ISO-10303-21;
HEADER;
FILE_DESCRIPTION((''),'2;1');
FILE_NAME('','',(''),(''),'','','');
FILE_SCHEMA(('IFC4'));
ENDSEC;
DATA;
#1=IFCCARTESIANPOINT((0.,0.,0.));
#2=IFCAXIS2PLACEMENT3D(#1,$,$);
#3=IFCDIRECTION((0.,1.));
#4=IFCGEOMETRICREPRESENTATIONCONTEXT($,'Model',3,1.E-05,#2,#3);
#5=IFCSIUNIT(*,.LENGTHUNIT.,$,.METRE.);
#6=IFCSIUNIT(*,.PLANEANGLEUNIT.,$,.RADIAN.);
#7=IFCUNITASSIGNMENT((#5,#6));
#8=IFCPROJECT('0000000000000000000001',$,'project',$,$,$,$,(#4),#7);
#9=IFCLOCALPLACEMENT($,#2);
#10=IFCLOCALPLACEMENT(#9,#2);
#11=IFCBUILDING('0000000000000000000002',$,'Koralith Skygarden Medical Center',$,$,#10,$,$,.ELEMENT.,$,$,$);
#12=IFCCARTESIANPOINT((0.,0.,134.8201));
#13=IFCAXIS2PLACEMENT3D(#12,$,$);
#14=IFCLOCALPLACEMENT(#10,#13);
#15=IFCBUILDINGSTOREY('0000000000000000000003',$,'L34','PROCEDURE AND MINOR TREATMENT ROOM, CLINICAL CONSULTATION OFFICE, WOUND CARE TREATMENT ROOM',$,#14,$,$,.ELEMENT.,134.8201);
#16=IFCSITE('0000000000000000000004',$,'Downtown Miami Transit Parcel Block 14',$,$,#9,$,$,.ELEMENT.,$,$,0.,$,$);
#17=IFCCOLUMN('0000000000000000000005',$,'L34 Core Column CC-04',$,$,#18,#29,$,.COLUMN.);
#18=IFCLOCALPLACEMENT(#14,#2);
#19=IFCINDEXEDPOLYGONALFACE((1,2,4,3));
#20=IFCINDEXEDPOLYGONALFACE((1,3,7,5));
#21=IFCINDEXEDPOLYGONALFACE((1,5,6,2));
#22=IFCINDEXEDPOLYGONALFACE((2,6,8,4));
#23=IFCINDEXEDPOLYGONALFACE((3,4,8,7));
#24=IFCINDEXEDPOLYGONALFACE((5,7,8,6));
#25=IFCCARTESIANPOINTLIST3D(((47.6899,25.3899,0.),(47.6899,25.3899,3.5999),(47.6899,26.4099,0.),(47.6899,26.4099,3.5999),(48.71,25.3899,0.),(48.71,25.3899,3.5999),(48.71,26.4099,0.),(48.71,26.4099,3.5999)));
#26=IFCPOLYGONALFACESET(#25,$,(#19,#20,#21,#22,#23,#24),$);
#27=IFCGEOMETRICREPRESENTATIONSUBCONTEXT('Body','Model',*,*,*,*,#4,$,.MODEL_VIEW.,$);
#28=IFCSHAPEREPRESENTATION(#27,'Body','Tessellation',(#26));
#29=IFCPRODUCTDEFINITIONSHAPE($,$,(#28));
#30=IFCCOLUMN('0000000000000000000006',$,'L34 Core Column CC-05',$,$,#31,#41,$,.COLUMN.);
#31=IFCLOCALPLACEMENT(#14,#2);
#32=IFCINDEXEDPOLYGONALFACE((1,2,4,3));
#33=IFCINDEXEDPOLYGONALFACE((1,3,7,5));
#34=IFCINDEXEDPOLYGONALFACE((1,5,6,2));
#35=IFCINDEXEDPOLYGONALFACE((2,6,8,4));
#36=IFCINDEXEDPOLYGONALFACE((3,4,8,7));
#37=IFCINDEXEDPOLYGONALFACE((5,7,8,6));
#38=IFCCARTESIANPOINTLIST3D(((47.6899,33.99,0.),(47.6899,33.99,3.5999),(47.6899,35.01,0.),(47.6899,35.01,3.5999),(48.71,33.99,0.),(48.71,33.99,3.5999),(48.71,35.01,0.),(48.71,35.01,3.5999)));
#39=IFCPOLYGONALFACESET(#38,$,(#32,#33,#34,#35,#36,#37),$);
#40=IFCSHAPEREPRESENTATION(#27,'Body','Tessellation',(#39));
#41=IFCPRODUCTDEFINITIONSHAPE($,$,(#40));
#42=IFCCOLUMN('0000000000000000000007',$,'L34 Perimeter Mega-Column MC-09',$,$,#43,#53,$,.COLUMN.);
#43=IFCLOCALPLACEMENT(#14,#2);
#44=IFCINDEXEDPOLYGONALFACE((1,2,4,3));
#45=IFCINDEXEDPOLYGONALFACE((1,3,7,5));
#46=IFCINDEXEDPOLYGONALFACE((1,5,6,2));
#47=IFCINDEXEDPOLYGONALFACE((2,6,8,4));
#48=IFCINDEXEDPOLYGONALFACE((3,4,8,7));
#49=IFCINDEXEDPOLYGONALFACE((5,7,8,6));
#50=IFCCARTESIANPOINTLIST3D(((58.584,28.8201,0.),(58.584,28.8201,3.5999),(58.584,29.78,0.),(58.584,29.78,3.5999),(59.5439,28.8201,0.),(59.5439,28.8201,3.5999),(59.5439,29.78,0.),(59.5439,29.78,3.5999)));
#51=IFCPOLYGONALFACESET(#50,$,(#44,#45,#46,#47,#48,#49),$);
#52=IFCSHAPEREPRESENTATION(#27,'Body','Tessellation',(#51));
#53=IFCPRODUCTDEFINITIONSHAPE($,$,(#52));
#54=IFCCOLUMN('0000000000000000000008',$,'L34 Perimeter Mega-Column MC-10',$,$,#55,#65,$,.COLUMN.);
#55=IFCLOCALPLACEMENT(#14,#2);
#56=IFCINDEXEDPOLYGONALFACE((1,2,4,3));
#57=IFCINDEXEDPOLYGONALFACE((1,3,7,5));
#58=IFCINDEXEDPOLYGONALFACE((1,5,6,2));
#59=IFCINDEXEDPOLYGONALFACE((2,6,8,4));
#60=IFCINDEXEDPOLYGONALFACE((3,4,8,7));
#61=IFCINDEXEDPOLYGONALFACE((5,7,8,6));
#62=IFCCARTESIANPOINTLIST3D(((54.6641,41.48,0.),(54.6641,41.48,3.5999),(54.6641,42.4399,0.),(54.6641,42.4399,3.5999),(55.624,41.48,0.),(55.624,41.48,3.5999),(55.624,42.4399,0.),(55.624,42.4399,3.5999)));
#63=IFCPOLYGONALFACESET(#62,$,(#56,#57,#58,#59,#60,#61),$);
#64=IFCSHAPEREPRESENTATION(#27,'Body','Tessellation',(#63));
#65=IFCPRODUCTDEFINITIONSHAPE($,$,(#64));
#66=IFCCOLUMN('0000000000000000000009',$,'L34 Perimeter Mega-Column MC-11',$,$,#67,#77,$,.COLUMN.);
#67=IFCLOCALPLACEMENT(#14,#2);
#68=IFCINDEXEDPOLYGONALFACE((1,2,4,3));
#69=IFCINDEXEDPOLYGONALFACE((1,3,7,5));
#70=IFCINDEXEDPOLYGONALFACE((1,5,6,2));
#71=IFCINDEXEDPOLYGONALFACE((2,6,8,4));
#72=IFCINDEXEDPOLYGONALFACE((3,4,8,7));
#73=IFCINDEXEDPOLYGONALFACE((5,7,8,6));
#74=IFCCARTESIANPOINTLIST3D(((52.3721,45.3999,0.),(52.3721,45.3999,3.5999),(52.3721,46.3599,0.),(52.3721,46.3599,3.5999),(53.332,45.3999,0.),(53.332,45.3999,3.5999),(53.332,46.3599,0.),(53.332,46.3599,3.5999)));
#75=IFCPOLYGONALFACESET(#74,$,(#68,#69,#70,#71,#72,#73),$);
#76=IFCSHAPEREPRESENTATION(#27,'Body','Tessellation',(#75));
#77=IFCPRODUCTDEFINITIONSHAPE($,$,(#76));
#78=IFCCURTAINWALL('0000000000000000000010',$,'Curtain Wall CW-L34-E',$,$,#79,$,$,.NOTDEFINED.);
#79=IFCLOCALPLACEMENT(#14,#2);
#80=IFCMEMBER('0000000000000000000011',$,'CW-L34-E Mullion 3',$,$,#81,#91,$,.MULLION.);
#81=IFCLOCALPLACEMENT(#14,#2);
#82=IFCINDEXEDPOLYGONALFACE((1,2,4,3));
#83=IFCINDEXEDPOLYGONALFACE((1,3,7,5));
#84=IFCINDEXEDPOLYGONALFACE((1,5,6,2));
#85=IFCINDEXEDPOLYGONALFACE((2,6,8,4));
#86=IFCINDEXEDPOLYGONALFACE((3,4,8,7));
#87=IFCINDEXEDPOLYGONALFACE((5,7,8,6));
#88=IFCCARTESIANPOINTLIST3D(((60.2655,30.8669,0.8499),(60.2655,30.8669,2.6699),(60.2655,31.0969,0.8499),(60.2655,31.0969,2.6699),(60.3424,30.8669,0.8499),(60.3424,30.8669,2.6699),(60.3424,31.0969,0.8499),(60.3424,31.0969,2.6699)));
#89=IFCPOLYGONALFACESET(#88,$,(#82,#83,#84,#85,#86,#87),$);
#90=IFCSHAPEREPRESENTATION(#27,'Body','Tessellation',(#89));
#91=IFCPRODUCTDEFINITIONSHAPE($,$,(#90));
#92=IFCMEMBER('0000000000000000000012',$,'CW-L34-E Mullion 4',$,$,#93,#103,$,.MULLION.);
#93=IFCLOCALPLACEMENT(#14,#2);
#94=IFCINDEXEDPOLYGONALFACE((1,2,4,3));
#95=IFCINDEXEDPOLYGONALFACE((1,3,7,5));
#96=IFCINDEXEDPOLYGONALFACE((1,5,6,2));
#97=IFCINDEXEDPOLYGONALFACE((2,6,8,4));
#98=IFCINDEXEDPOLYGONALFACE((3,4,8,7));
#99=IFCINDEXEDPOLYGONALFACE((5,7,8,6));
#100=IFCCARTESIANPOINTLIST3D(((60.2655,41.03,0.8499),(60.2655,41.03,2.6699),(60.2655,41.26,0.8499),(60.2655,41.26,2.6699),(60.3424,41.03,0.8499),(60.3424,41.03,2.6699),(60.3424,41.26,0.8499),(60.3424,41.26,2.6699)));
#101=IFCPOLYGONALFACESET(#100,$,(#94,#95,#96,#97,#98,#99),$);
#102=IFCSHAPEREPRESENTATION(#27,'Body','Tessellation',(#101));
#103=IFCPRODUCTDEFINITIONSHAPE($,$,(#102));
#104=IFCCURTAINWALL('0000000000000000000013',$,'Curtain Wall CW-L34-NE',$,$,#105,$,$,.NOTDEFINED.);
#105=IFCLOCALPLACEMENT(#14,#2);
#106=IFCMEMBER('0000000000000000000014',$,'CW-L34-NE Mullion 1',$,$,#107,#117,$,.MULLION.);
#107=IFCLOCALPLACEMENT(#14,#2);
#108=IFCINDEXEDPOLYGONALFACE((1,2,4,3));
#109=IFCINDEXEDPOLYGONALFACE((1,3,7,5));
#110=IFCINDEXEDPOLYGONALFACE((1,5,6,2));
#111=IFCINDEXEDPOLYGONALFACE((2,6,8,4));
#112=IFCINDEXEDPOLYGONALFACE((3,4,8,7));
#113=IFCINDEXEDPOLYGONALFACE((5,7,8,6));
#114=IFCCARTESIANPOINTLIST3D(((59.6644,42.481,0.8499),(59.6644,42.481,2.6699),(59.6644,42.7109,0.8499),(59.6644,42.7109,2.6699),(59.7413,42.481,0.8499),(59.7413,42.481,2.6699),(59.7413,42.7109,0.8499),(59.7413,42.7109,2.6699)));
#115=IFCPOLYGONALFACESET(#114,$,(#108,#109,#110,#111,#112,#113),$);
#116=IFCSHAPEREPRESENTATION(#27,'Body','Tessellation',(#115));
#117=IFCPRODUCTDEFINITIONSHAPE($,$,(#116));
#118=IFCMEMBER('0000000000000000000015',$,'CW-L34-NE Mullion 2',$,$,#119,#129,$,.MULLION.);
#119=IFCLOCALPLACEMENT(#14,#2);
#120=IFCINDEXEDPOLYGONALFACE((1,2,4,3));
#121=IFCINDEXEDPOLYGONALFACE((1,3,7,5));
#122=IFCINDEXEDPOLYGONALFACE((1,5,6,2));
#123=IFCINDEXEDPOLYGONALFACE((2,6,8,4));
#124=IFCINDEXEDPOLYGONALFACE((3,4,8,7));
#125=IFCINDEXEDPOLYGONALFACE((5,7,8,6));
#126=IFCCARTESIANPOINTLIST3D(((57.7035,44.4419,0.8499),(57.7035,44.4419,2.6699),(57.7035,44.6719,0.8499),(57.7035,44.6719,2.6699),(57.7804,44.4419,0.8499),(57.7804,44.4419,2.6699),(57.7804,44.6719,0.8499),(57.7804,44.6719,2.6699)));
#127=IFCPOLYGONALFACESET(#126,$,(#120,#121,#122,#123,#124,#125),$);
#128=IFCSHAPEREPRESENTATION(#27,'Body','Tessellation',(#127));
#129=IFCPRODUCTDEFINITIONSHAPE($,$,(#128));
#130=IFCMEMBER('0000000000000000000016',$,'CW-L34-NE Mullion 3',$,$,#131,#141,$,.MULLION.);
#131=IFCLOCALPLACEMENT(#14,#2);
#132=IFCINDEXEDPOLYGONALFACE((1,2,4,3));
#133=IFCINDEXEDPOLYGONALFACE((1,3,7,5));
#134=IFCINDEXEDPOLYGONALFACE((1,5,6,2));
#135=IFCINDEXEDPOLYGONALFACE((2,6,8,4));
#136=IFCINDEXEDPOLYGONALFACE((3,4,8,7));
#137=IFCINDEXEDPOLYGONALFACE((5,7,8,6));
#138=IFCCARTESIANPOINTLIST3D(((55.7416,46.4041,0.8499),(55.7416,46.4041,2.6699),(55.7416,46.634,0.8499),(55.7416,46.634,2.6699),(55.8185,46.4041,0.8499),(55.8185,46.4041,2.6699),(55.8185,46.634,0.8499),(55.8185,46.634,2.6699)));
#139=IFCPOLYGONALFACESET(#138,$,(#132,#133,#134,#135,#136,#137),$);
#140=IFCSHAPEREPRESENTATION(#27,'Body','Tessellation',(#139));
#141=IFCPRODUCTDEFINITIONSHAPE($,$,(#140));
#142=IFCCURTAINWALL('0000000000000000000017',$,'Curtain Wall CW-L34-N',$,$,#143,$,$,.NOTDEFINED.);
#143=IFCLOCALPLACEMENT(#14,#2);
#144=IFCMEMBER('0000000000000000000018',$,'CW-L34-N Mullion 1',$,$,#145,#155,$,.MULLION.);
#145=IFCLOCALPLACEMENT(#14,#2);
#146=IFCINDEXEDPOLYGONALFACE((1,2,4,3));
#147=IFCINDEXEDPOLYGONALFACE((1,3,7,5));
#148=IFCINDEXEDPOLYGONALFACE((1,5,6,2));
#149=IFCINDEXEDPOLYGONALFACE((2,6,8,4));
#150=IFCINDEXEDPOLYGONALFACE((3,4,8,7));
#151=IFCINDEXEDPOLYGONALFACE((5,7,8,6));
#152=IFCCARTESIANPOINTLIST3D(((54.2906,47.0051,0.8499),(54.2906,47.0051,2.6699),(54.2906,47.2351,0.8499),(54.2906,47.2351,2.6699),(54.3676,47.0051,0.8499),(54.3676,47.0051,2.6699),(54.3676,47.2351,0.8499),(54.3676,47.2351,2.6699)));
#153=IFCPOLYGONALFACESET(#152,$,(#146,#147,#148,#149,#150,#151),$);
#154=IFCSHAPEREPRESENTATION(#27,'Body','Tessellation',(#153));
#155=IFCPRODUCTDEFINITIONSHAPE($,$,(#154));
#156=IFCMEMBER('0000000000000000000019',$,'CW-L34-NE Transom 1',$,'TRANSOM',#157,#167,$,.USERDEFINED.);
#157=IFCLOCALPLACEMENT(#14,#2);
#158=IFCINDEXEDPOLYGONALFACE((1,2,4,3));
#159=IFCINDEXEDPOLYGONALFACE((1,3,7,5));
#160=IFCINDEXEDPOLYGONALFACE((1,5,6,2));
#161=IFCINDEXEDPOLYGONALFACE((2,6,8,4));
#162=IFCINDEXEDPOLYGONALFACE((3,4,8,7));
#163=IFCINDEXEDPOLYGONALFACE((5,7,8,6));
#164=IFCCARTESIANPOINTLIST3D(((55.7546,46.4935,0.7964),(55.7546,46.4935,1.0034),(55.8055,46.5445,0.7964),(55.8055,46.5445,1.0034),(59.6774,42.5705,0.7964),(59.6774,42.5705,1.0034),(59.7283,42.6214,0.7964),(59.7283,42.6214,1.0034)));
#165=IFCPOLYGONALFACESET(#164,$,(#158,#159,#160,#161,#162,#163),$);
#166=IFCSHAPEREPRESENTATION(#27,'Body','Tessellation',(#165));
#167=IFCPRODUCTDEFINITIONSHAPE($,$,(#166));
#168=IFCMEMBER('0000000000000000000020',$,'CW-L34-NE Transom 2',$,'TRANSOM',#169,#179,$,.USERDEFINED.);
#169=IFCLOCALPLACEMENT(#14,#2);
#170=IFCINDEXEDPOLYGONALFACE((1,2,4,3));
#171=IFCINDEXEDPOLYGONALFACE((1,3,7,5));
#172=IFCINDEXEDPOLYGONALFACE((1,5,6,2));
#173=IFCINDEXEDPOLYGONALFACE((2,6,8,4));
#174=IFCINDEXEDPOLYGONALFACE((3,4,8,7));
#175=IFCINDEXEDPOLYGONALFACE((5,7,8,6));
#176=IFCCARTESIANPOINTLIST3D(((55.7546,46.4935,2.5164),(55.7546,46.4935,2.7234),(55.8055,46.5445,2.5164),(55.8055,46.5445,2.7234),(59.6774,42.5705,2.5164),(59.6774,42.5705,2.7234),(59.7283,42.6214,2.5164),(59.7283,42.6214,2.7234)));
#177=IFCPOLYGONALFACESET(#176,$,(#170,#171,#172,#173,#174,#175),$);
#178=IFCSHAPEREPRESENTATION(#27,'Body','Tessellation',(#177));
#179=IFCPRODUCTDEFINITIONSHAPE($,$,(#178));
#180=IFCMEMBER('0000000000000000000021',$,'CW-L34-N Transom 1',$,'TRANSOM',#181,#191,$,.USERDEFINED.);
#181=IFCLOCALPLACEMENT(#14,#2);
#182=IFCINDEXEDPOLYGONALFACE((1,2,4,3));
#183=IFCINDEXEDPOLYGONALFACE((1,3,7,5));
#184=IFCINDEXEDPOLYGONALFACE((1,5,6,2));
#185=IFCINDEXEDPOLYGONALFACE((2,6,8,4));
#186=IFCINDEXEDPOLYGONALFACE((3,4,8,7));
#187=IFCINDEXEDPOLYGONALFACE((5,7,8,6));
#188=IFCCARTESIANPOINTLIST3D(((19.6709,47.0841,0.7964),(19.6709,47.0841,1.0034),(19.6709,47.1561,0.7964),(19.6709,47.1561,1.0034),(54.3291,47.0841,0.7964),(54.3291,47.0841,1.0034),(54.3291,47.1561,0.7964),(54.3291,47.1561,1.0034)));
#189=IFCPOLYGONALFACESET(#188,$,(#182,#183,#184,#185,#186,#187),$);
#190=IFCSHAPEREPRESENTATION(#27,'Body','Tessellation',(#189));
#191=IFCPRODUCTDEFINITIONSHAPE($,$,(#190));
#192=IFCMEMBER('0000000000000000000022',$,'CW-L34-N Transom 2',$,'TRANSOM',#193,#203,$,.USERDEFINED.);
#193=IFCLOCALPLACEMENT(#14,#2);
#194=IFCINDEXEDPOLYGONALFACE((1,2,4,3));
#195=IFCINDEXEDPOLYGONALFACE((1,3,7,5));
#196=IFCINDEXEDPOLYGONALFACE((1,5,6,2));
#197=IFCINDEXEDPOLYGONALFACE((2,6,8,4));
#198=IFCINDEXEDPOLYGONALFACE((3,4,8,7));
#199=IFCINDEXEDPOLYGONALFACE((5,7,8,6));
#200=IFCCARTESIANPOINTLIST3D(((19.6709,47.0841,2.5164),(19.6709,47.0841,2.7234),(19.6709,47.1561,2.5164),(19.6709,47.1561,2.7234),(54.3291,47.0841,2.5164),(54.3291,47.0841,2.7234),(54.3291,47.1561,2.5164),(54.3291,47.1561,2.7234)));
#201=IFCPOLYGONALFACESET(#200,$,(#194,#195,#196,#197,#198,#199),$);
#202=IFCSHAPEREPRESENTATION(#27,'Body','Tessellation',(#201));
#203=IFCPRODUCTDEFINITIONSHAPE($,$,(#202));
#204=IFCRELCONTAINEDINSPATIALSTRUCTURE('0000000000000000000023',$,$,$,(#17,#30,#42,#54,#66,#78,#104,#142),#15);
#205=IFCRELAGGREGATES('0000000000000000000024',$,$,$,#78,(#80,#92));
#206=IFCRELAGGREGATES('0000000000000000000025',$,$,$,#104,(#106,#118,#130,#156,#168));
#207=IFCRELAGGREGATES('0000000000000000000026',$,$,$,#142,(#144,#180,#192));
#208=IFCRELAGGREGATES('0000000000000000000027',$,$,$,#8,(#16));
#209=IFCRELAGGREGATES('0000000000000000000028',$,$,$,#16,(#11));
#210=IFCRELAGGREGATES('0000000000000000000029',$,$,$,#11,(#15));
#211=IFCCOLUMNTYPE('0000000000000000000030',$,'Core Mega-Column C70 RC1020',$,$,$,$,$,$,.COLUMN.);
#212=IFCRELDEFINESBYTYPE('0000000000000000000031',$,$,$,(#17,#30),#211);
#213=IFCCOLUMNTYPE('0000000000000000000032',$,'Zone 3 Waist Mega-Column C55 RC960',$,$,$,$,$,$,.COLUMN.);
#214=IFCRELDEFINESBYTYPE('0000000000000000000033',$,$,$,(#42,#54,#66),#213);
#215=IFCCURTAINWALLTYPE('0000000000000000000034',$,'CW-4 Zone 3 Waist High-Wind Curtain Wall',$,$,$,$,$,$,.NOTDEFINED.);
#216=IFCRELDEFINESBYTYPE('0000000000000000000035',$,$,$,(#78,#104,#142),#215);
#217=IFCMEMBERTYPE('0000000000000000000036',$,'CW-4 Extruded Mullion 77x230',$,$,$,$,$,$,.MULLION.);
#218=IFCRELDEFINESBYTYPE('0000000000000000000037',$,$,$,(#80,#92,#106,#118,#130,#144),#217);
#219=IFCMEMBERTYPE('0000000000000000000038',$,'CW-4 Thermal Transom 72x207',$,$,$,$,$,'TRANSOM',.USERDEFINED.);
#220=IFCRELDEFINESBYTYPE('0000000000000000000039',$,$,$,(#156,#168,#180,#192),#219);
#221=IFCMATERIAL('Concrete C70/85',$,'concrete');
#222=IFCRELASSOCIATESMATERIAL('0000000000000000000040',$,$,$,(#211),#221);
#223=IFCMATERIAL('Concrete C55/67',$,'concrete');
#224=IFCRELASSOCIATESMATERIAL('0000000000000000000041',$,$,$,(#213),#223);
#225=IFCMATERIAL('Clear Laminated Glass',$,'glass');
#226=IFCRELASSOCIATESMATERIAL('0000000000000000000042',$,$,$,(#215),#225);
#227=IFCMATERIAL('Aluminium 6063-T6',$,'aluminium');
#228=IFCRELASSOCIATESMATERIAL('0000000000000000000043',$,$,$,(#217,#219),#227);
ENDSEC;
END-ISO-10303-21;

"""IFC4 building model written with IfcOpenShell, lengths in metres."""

from ifc_helpers import new_model, si_unit, direction, frame, origin, origin_2d, place, context, subcontext, project, spatial, rectangle, extrude, material, material_profile, profile_set, type_object, element, aggregate, save


model = new_model("IFC4")

# Units and contexts
model_context = context("Model", 3, precision=1e-05, world=origin(), true_north=direction((0.0, 1.0)))
body_context = subcontext(model_context, "Body", "Model", "MODEL_VIEW")
ifc_project = project(units=[si_unit("LENGTHUNIT", "METRE"), si_unit("PLANEANGLEUNIT", "RADIAN")], contexts=[model_context])

# Site, building, storey
site_placement = place(None, origin())
site = spatial("IfcSite", under=ifc_project, at=site_placement, Name="Downtown Miami Transit Parcel Block 14", CompositionType="ELEMENT", RefElevation=0.0)
building_placement = place(site_placement, origin())
building = spatial("IfcBuilding", under=site, at=building_placement, Name="Koralith Skygarden Medical Center", CompositionType="ELEMENT")
storey_placement = place(building_placement, frame((0.0, 0.0, 134.8201)))
storey = spatial("IfcBuildingStorey", under=building, at=storey_placement, Name="L34", Description="PROCEDURE AND MINOR TREATMENT ROOM, CLINICAL CONSULTATION OFFICE, WOUND CARE TREATMENT ROOM", CompositionType="ELEMENT", Elevation=134.8201)

# Columns
ifc_material_1 = material(Name="Concrete C70/85", Category="concrete")
ifc_material_profile_1 = material_profile(ifc_material_1, rectangle(XDim=1.02, YDim=1.02, at=origin_2d()), Name="RC1020X1020")
ifc_profile_set_1 = profile_set([ifc_material_profile_1], Name="Concrete C70/85")
column_type_1 = type_object("IfcColumnType", Name="Core Mega-Column C70 RC1020", PredefinedType="COLUMN", material=ifc_profile_set_1)
for number, where, z_axis, x_axis, name in (
    (1, (48.2, 25.8999, 0.0), (0.0, 0.0, 1.0), (1.0, 0.0, 0.0), "L34 Core Column CC-04"),
    (2, (48.2, 34.5, 0.0), (0.0, 0.0, 1.0), (1.0, 0.0, 0.0), "L34 Core Column CC-05"),
):
    element("IfcColumn", number, at=place(storey_placement, frame(where, z_axis=z_axis, x_axis=x_axis)), inside=storey, type_object=column_type_1, Name=name, PredefinedType="COLUMN", context=body_context, shape_type="SweptSolid", body=[
        extrude(rectangle(XDim=1.02, YDim=1.02, at=origin_2d()), origin(), (0.0, 0.0, 1.0), 3.5999),
    ])
ifc_material_2 = material(Name="Concrete C55/67", Category="concrete")
ifc_material_profile_2 = material_profile(ifc_material_2, rectangle(XDim=0.96, YDim=0.96, at=origin_2d()), Name="RC960X960")
ifc_profile_set_2 = profile_set([ifc_material_profile_2], Name="Concrete C55/67")
column_type_2 = type_object("IfcColumnType", Name="Zone 3 Waist Mega-Column C55 RC960", PredefinedType="COLUMN", material=ifc_profile_set_2)
for number, where, z_axis, x_axis, name in (
    (3, (59.064, 29.3, 0.0), (0.0, 0.0, 1.0), (1.0, 0.0, 0.0), "L34 Perimeter Mega-Column MC-09"),
    (4, (55.144, 41.96, 0.0), (0.0, 0.0, 1.0), (1.0, 0.0, 0.0), "L34 Perimeter Mega-Column MC-10"),
    (5, (52.8521, 45.8799, 0.0), (0.0, 0.0, 1.0), (1.0, 0.0, 0.0), "L34 Perimeter Mega-Column MC-11"),
):
    element("IfcColumn", number, at=place(storey_placement, frame(where, z_axis=z_axis, x_axis=x_axis)), inside=storey, type_object=column_type_2, Name=name, PredefinedType="COLUMN", context=body_context, shape_type="SweptSolid", body=[
        extrude(rectangle(XDim=0.96, YDim=0.96, at=origin_2d()), origin(), (0.0, 0.0, 1.0), 3.5999),
    ])

# Curtain walls, members
ifc_material_3 = material(Name="Clear Laminated Glass", Category="glass")
curtain_wall_type = type_object("IfcCurtainWallType", Name="CW-4 Zone 3 Waist High-Wind Curtain Wall", PredefinedType="NOTDEFINED", material=ifc_material_3)
curtain_wall_1_placement = place(storey_placement, origin())
curtain_wall_1 = element("IfcCurtainWall", 6, at=curtain_wall_1_placement, inside=storey, type_object=curtain_wall_type, Name="Curtain Wall CW-L34-E", PredefinedType="NOTDEFINED")
ifc_material_4 = material(Name="Aluminium 6063-T6", Category="aluminium")
ifc_material_profile_3 = material_profile(ifc_material_4, rectangle(XDim=0.0769, YDim=0.23, at=origin_2d()), Name="MUL77X230")
ifc_profile_set_3 = profile_set([ifc_material_profile_3], Name="Aluminium 6063-T6")
member_type_1 = type_object("IfcMemberType", Name="CW-4 Extruded Mullion 77x230", PredefinedType="MULLION", material=ifc_profile_set_3)
member_1_placement = place(storey_placement, frame((60.304, 30.9819, 0.8499), z_axis=(0.0, 0.0, 1.0), x_axis=(1.0, 0.0, 0.0)))
member_1 = element("IfcMember", 7, at=member_1_placement, type_object=member_type_1, Name="CW-L34-E Mullion 3", PredefinedType="MULLION", context=body_context, shape_type="SweptSolid", body=[
    extrude(rectangle(XDim=0.0769, YDim=0.23, at=origin_2d()), origin(), (0.0, 0.0, 1.0), 1.8201),
])
member_2_placement = place(storey_placement, frame((60.304, 41.145, 0.8499), z_axis=(0.0, 0.0, 1.0), x_axis=(1.0, 0.0, 0.0)))
member_2 = element("IfcMember", 8, at=member_2_placement, type_object=member_type_1, Name="CW-L34-E Mullion 4", PredefinedType="MULLION", context=body_context, shape_type="SweptSolid", body=[
    extrude(rectangle(XDim=0.0769, YDim=0.23, at=origin_2d()), origin(), (0.0, 0.0, 1.0), 1.8201),
])
curtain_wall_2_placement = place(storey_placement, origin())
curtain_wall_2 = element("IfcCurtainWall", 9, at=curtain_wall_2_placement, inside=storey, type_object=curtain_wall_type, Name="Curtain Wall CW-L34-NE", PredefinedType="NOTDEFINED")
member_3_placement = place(storey_placement, frame((59.7029, 42.5959, 0.8499), z_axis=(0.0, 0.0, 1.0), x_axis=(1.0, 0.0, 0.0)))
member_3 = element("IfcMember", 10, at=member_3_placement, type_object=member_type_1, Name="CW-L34-NE Mullion 1", PredefinedType="MULLION", context=body_context, shape_type="SweptSolid", body=[
    extrude(rectangle(XDim=0.0769, YDim=0.23, at=origin_2d()), origin(), (0.0, 0.0, 1.0), 1.8201),
])
member_4_placement = place(storey_placement, frame((57.7419, 44.5569, 0.8499), z_axis=(0.0, 0.0, 1.0), x_axis=(1.0, 0.0, 0.0)))
member_4 = element("IfcMember", 11, at=member_4_placement, type_object=member_type_1, Name="CW-L34-NE Mullion 2", PredefinedType="MULLION", context=body_context, shape_type="SweptSolid", body=[
    extrude(rectangle(XDim=0.0769, YDim=0.23, at=origin_2d()), origin(), (0.0, 0.0, 1.0), 1.8201),
])
member_5_placement = place(storey_placement, frame((55.78, 46.519, 0.8499), z_axis=(0.0, 0.0, 1.0), x_axis=(1.0, 0.0, 0.0)))
member_5 = element("IfcMember", 12, at=member_5_placement, type_object=member_type_1, Name="CW-L34-NE Mullion 3", PredefinedType="MULLION", context=body_context, shape_type="SweptSolid", body=[
    extrude(rectangle(XDim=0.0769, YDim=0.23, at=origin_2d()), origin(), (0.0, 0.0, 1.0), 1.8201),
])

# Curtain wall, member
curtain_wall_3_placement = place(storey_placement, origin())
curtain_wall_3 = element("IfcCurtainWall", 13, at=curtain_wall_3_placement, inside=storey, type_object=curtain_wall_type, Name="Curtain Wall CW-L34-N", PredefinedType="NOTDEFINED")
member_6_placement = place(storey_placement, frame((54.3291, 47.1201, 0.8499), z_axis=(0.0, 0.0, 1.0), x_axis=(1.0, 0.0, 0.0)))
member_6 = element("IfcMember", 14, at=member_6_placement, type_object=member_type_1, Name="CW-L34-N Mullion 1", PredefinedType="MULLION", context=body_context, shape_type="SweptSolid", body=[
    extrude(rectangle(XDim=0.0769, YDim=0.23, at=origin_2d()), origin(), (0.0, 0.0, 1.0), 1.8201),
])

# Members
ifc_material_profile_4 = material_profile(ifc_material_4, rectangle(XDim=0.072, YDim=0.207, at=origin_2d()), Name="TRN72X207")
ifc_profile_set_4 = profile_set([ifc_material_profile_4], Name="Aluminium 6063-T6")
member_type_2 = type_object("IfcMemberType", Name="CW-4 Thermal Transom 72x207", ElementType="TRANSOM", PredefinedType="USERDEFINED", material=ifc_profile_set_4)
member_7_placement = place(storey_placement, frame((59.7029, 42.5959, 0.8999), z_axis=(-0.707085, 0.707129, 0.0), x_axis=(-0.707129, -0.707085, 0.0)))
member_7 = element("IfcMember", 15, at=member_7_placement, type_object=member_type_2, Name="CW-L34-NE Transom 1", ObjectType="TRANSOM", PredefinedType="USERDEFINED", context=body_context, shape_type="SweptSolid", body=[
    extrude(rectangle(XDim=0.072, YDim=0.207, at=origin_2d()), origin(), (0.0, 0.0, 1.0), 5.5479),
])
member_8_placement = place(storey_placement, frame((59.7029, 42.5959, 2.6199), z_axis=(-0.707085, 0.707129, 0.0), x_axis=(-0.707129, -0.707085, 0.0)))
member_8 = element("IfcMember", 16, at=member_8_placement, type_object=member_type_2, Name="CW-L34-NE Transom 2", ObjectType="TRANSOM", PredefinedType="USERDEFINED", context=body_context, shape_type="SweptSolid", body=[
    extrude(rectangle(XDim=0.072, YDim=0.207, at=origin_2d()), origin(), (0.0, 0.0, 1.0), 5.5479),
])
member_9_placement = place(storey_placement, frame((54.3291, 47.1201, 0.8999), z_axis=(-1.0, 0.0, 0.0), x_axis=(0.0, -1.0, 0.0)))
member_9 = element("IfcMember", 17, at=member_9_placement, type_object=member_type_2, Name="CW-L34-N Transom 1", ObjectType="TRANSOM", PredefinedType="USERDEFINED", context=body_context, shape_type="SweptSolid", body=[
    extrude(rectangle(XDim=0.072, YDim=0.207, at=origin_2d()), origin(), (0.0, 0.0, 1.0), 34.6582),
])
member_10_placement = place(storey_placement, frame((54.3291, 47.1201, 2.6199), z_axis=(-1.0, 0.0, 0.0), x_axis=(0.0, -1.0, 0.0)))
member_10 = element("IfcMember", 18, at=member_10_placement, type_object=member_type_2, Name="CW-L34-N Transom 2", ObjectType="TRANSOM", PredefinedType="USERDEFINED", context=body_context, shape_type="SweptSolid", body=[
    extrude(rectangle(XDim=0.072, YDim=0.207, at=origin_2d()), origin(), (0.0, 0.0, 1.0), 34.6582),
])

aggregate(curtain_wall_1, [member_1, member_2])
aggregate(curtain_wall_2, [member_3, member_4, member_5, member_7, member_8])
aggregate(curtain_wall_3, [member_6, member_9, member_10])

save(model, "model.ifc")
